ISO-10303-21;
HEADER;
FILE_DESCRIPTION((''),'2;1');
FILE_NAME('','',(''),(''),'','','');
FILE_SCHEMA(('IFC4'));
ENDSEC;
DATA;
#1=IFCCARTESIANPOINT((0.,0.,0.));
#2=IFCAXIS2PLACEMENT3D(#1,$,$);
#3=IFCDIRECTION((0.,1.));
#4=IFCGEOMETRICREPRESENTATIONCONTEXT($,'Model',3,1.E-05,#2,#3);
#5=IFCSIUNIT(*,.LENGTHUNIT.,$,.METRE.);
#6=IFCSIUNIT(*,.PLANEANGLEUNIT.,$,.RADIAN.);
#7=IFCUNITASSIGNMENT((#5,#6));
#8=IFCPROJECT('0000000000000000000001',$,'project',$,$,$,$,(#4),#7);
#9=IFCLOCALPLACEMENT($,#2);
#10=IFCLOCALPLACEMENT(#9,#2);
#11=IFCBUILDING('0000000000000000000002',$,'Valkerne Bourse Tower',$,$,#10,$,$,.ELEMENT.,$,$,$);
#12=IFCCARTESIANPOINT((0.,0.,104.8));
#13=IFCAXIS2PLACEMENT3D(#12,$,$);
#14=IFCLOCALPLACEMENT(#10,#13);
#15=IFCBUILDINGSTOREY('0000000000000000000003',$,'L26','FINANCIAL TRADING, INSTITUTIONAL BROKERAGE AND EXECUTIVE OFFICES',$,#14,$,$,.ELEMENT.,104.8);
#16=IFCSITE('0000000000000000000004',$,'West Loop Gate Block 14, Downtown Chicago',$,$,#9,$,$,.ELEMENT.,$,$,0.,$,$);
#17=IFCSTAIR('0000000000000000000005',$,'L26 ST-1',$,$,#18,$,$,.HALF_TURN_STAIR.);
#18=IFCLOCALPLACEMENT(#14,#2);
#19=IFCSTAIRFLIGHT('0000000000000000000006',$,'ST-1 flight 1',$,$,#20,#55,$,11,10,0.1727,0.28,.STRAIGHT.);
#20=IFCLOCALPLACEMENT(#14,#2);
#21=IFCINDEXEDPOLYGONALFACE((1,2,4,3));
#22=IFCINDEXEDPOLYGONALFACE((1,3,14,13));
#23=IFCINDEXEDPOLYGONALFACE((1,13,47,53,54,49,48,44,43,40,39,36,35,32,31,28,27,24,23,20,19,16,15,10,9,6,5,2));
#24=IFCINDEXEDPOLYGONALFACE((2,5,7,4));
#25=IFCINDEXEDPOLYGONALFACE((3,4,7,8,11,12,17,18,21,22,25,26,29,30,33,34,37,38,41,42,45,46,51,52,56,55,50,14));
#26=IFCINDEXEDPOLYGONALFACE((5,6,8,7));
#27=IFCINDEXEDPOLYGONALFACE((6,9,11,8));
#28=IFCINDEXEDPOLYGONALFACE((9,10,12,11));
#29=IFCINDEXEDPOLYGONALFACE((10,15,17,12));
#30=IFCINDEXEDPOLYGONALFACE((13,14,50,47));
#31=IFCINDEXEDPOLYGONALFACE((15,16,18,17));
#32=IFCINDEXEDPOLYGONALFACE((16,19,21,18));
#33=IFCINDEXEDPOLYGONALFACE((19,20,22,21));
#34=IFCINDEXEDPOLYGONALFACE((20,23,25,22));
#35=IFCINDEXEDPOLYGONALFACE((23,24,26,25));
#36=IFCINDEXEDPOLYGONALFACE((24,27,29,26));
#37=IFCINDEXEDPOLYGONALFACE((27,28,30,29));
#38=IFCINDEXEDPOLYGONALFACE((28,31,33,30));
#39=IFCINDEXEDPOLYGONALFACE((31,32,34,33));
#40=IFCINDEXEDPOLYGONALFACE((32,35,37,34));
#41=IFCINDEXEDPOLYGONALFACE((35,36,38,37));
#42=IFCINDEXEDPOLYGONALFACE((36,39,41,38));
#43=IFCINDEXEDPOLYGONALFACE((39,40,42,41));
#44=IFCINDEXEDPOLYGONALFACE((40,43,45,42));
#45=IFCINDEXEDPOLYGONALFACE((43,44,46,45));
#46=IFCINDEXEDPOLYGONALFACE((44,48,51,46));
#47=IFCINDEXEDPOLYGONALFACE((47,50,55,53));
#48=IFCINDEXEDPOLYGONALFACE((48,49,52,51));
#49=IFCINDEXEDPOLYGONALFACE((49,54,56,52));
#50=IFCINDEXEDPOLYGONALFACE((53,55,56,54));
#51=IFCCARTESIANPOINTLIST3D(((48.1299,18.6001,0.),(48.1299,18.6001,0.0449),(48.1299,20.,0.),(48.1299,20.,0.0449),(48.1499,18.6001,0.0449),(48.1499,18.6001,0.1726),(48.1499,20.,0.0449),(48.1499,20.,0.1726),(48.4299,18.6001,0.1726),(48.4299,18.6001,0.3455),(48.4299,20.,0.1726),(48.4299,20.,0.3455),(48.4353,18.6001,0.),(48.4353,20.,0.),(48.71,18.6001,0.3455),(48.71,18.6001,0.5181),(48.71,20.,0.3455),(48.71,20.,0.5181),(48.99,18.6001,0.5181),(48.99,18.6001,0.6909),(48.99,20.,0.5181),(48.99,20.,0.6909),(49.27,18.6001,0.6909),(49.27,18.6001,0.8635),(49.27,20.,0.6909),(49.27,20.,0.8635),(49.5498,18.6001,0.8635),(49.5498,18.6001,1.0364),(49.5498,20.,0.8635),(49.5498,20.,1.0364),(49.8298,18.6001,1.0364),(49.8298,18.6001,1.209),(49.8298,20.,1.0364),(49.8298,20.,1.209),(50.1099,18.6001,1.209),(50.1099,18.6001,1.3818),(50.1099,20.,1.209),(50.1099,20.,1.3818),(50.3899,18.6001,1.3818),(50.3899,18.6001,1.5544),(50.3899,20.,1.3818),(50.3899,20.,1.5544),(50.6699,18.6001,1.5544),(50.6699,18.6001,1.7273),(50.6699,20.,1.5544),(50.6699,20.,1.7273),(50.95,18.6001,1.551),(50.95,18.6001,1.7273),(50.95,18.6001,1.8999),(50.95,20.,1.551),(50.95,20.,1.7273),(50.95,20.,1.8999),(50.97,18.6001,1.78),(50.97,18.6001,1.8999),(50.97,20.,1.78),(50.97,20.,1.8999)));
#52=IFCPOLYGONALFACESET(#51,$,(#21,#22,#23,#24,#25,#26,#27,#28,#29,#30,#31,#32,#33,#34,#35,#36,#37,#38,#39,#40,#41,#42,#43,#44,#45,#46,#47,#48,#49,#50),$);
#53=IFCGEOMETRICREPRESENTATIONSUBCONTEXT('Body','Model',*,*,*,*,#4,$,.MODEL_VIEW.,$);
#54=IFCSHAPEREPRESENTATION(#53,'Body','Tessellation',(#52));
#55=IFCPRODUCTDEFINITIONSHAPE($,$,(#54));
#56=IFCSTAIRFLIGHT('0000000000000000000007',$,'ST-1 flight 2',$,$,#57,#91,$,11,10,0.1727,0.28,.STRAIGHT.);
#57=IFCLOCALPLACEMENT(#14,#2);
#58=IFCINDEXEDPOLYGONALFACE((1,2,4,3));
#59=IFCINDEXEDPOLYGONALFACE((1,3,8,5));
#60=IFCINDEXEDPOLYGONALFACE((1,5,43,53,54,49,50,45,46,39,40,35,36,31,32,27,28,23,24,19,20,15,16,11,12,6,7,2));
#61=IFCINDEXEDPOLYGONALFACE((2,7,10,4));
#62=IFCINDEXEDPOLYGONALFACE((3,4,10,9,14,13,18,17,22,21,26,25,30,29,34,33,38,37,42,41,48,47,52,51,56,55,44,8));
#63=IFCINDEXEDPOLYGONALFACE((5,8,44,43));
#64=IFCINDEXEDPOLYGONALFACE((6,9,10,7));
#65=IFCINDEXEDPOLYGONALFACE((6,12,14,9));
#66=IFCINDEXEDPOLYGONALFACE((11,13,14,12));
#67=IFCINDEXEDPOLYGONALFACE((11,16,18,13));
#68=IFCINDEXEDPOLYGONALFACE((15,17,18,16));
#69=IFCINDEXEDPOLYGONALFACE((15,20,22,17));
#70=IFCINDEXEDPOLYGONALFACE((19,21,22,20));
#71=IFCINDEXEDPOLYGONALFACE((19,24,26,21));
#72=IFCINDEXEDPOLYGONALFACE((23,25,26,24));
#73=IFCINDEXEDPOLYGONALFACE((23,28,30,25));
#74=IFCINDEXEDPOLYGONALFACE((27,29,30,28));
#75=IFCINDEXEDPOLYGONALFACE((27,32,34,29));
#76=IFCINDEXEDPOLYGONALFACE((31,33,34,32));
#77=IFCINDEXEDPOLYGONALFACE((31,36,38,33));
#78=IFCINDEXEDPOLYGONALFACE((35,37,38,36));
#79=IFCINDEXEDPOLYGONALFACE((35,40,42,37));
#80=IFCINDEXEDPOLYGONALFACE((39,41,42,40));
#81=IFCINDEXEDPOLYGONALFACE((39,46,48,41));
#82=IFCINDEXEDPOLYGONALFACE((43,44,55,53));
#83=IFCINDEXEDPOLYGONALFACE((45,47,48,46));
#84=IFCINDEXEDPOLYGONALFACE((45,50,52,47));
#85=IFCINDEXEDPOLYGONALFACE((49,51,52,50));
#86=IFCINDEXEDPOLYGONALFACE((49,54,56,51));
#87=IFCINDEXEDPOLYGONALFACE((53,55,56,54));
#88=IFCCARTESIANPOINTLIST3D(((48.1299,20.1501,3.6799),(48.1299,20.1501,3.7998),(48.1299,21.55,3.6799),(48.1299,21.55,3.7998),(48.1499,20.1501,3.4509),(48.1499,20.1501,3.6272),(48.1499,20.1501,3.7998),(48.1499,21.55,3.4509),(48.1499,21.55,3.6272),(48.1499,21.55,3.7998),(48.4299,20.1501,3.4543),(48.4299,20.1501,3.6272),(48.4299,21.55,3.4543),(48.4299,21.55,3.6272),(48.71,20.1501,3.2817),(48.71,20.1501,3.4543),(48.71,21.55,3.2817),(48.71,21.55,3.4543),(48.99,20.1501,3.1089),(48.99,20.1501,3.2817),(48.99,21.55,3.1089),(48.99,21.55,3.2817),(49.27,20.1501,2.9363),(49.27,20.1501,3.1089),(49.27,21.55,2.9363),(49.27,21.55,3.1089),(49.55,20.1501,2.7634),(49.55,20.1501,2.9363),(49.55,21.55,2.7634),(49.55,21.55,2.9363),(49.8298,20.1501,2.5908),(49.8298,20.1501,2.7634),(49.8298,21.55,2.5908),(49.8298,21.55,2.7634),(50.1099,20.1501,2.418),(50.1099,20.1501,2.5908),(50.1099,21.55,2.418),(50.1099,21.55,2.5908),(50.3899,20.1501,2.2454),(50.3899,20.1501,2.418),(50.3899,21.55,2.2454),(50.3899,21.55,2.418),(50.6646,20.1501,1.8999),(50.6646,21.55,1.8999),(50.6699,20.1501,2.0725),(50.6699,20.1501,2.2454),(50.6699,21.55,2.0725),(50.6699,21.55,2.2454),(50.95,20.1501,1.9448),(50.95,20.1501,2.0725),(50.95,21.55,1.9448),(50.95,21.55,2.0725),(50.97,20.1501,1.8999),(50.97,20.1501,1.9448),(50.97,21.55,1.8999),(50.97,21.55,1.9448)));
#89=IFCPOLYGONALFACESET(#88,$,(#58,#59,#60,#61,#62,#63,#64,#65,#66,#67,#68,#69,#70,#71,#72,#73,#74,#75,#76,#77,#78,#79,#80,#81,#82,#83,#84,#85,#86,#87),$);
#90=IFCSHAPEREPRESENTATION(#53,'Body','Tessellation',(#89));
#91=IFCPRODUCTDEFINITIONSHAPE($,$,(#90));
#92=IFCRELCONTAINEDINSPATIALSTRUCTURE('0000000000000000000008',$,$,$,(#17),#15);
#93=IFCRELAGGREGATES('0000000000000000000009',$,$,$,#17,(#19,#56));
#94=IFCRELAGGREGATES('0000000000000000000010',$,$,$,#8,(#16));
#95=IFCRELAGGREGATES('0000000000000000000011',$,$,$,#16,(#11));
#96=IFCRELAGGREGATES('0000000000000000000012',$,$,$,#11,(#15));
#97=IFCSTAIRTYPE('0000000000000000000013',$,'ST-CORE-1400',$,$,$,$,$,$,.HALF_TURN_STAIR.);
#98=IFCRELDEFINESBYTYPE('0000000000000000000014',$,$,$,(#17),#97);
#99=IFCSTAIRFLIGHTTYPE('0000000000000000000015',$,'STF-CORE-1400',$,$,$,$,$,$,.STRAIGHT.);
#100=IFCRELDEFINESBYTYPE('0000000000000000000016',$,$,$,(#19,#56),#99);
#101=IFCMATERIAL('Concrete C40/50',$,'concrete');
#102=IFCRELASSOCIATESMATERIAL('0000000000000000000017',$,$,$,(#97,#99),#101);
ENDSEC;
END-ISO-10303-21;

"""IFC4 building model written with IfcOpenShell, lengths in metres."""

from ifc_helpers import new_model, si_unit, direction, frame, origin, place, context, subcontext, project, spatial, polyline, outline, extrude, material, type_object, element, aggregate, save


model = new_model("IFC4")

# Units and contexts
model_context = context("Model", 3, precision=1e-05, world=origin(), true_north=direction((0.0, 1.0)))
body_context = subcontext(model_context, "Body", "Model", "MODEL_VIEW")
ifc_project = project(units=[si_unit("LENGTHUNIT", "METRE"), si_unit("PLANEANGLEUNIT", "RADIAN")], contexts=[model_context])

# Site, building, storey
site_placement = place(None, origin())
site = spatial("IfcSite", under=ifc_project, at=site_placement, Name="West Loop Gate Block 14, Downtown Chicago", CompositionType="ELEMENT", RefElevation=0.0)
building_placement = place(site_placement, origin())
building = spatial("IfcBuilding", under=site, at=building_placement, Name="Valkerne Bourse Tower", CompositionType="ELEMENT")
storey_placement = place(building_placement, frame((0.0, 0.0, 104.8)))
storey = spatial("IfcBuildingStorey", under=building, at=storey_placement, Name="L26", Description="FINANCIAL TRADING, INSTITUTIONAL BROKERAGE AND EXECUTIVE OFFICES", CompositionType="ELEMENT", Elevation=104.8)

# Stair, stair flights
ifc_material_1 = material(Name="Concrete C40/50", Category="concrete")
stair_type = type_object("IfcStairType", Name="ST-CORE-1400", PredefinedType="HALF_TURN_STAIR", material=ifc_material_1)
stair_placement = place(storey_placement, origin())
stair = element("IfcStair", 1, at=stair_placement, inside=storey, type_object=stair_type, Name="L26 ST-1", PredefinedType="HALF_TURN_STAIR")
stair_flight_type = type_object("IfcStairFlightType", Name="STF-CORE-1400", PredefinedType="STRAIGHT", material=ifc_material_1)
stair_flight_1_placement = place(storey_placement, frame((48.1499, 19.3, 0.0), z_axis=(0.0, 0.0, 1.0), x_axis=(1.0, 0.0, 0.0)))
stair_flight_1 = element("IfcStairFlight", 2, at=stair_flight_1_placement, type_object=stair_flight_type, Name="ST-1 flight 1", NumberOfRisers=11, NumberOfTreads=10, PredefinedType="STRAIGHT", RiserHeight=0.1727, TreadLength=0.28, context=body_context, shape_type="SweptSolid", body=[
    extrude(outline(polyline([(-0.02, 0.0), (-0.02, 0.0449), (0.0, 0.0449), (0.0, 0.1726), (0.28, 0.1726), (0.28, 0.3455), (0.5601, 0.3455), (0.5601, 0.5181), (0.8401, 0.5181), (0.8401, 0.6909), (1.1201, 0.6909), (1.1201, 0.8635), (1.3999, 0.8635), (1.3999, 1.0364), (1.6799, 1.0364), (1.6799, 1.209), (1.96, 1.209), (1.96, 1.3818), (2.24, 1.3818), (2.24, 1.5544), (2.52, 1.5544), (2.52, 1.7273), (2.8, 1.7273), (2.8, 1.8999), (2.8201, 1.8999), (2.8201, 1.78), (2.8, 1.551), (0.2854, 0.0), (-0.02, 0.0)])), frame((0.0, 0.7, 0.0), z_axis=(0.0, -1.0, 0.0), x_axis=(1.0, 0.0, 0.0)), (0.0, 0.0, 1.0), 1.3999),
])
stair_flight_2_placement = place(storey_placement, frame((50.95, 20.8501, 1.8999), z_axis=(0.0, 0.0, 1.0), x_axis=(-1.0, 0.0, 0.0)))
stair_flight_2 = element("IfcStairFlight", 3, at=stair_flight_2_placement, type_object=stair_flight_type, Name="ST-1 flight 2", NumberOfRisers=11, NumberOfTreads=10, PredefinedType="STRAIGHT", RiserHeight=0.1727, TreadLength=0.28, context=body_context, shape_type="SweptSolid", body=[
    extrude(outline(polyline([(-0.02, 0.0), (-0.02, 0.0449), (0.0, 0.0449), (0.0, 0.1726), (0.28, 0.1726), (0.28, 0.3455), (0.5601, 0.3455), (0.5601, 0.5181), (0.8401, 0.5181), (0.8401, 0.6909), (1.1201, 0.6909), (1.1201, 0.8635), (1.3999, 0.8635), (1.3999, 1.0364), (1.6799, 1.0364), (1.6799, 1.209), (1.96, 1.209), (1.96, 1.3818), (2.24, 1.3818), (2.24, 1.5544), (2.52, 1.5544), (2.52, 1.7273), (2.8, 1.7273), (2.8, 1.8999), (2.8201, 1.8999), (2.8201, 1.78), (2.8, 1.551), (0.2854, 0.0), (-0.02, 0.0)])), frame((0.0, 0.7, 0.0), z_axis=(0.0, -1.0, 0.0), x_axis=(1.0, 0.0, 0.0)), (0.0, 0.0, 1.0), 1.3999),
])
aggregate(stair, [stair_flight_1, stair_flight_2])

save(model, "model.ifc")
